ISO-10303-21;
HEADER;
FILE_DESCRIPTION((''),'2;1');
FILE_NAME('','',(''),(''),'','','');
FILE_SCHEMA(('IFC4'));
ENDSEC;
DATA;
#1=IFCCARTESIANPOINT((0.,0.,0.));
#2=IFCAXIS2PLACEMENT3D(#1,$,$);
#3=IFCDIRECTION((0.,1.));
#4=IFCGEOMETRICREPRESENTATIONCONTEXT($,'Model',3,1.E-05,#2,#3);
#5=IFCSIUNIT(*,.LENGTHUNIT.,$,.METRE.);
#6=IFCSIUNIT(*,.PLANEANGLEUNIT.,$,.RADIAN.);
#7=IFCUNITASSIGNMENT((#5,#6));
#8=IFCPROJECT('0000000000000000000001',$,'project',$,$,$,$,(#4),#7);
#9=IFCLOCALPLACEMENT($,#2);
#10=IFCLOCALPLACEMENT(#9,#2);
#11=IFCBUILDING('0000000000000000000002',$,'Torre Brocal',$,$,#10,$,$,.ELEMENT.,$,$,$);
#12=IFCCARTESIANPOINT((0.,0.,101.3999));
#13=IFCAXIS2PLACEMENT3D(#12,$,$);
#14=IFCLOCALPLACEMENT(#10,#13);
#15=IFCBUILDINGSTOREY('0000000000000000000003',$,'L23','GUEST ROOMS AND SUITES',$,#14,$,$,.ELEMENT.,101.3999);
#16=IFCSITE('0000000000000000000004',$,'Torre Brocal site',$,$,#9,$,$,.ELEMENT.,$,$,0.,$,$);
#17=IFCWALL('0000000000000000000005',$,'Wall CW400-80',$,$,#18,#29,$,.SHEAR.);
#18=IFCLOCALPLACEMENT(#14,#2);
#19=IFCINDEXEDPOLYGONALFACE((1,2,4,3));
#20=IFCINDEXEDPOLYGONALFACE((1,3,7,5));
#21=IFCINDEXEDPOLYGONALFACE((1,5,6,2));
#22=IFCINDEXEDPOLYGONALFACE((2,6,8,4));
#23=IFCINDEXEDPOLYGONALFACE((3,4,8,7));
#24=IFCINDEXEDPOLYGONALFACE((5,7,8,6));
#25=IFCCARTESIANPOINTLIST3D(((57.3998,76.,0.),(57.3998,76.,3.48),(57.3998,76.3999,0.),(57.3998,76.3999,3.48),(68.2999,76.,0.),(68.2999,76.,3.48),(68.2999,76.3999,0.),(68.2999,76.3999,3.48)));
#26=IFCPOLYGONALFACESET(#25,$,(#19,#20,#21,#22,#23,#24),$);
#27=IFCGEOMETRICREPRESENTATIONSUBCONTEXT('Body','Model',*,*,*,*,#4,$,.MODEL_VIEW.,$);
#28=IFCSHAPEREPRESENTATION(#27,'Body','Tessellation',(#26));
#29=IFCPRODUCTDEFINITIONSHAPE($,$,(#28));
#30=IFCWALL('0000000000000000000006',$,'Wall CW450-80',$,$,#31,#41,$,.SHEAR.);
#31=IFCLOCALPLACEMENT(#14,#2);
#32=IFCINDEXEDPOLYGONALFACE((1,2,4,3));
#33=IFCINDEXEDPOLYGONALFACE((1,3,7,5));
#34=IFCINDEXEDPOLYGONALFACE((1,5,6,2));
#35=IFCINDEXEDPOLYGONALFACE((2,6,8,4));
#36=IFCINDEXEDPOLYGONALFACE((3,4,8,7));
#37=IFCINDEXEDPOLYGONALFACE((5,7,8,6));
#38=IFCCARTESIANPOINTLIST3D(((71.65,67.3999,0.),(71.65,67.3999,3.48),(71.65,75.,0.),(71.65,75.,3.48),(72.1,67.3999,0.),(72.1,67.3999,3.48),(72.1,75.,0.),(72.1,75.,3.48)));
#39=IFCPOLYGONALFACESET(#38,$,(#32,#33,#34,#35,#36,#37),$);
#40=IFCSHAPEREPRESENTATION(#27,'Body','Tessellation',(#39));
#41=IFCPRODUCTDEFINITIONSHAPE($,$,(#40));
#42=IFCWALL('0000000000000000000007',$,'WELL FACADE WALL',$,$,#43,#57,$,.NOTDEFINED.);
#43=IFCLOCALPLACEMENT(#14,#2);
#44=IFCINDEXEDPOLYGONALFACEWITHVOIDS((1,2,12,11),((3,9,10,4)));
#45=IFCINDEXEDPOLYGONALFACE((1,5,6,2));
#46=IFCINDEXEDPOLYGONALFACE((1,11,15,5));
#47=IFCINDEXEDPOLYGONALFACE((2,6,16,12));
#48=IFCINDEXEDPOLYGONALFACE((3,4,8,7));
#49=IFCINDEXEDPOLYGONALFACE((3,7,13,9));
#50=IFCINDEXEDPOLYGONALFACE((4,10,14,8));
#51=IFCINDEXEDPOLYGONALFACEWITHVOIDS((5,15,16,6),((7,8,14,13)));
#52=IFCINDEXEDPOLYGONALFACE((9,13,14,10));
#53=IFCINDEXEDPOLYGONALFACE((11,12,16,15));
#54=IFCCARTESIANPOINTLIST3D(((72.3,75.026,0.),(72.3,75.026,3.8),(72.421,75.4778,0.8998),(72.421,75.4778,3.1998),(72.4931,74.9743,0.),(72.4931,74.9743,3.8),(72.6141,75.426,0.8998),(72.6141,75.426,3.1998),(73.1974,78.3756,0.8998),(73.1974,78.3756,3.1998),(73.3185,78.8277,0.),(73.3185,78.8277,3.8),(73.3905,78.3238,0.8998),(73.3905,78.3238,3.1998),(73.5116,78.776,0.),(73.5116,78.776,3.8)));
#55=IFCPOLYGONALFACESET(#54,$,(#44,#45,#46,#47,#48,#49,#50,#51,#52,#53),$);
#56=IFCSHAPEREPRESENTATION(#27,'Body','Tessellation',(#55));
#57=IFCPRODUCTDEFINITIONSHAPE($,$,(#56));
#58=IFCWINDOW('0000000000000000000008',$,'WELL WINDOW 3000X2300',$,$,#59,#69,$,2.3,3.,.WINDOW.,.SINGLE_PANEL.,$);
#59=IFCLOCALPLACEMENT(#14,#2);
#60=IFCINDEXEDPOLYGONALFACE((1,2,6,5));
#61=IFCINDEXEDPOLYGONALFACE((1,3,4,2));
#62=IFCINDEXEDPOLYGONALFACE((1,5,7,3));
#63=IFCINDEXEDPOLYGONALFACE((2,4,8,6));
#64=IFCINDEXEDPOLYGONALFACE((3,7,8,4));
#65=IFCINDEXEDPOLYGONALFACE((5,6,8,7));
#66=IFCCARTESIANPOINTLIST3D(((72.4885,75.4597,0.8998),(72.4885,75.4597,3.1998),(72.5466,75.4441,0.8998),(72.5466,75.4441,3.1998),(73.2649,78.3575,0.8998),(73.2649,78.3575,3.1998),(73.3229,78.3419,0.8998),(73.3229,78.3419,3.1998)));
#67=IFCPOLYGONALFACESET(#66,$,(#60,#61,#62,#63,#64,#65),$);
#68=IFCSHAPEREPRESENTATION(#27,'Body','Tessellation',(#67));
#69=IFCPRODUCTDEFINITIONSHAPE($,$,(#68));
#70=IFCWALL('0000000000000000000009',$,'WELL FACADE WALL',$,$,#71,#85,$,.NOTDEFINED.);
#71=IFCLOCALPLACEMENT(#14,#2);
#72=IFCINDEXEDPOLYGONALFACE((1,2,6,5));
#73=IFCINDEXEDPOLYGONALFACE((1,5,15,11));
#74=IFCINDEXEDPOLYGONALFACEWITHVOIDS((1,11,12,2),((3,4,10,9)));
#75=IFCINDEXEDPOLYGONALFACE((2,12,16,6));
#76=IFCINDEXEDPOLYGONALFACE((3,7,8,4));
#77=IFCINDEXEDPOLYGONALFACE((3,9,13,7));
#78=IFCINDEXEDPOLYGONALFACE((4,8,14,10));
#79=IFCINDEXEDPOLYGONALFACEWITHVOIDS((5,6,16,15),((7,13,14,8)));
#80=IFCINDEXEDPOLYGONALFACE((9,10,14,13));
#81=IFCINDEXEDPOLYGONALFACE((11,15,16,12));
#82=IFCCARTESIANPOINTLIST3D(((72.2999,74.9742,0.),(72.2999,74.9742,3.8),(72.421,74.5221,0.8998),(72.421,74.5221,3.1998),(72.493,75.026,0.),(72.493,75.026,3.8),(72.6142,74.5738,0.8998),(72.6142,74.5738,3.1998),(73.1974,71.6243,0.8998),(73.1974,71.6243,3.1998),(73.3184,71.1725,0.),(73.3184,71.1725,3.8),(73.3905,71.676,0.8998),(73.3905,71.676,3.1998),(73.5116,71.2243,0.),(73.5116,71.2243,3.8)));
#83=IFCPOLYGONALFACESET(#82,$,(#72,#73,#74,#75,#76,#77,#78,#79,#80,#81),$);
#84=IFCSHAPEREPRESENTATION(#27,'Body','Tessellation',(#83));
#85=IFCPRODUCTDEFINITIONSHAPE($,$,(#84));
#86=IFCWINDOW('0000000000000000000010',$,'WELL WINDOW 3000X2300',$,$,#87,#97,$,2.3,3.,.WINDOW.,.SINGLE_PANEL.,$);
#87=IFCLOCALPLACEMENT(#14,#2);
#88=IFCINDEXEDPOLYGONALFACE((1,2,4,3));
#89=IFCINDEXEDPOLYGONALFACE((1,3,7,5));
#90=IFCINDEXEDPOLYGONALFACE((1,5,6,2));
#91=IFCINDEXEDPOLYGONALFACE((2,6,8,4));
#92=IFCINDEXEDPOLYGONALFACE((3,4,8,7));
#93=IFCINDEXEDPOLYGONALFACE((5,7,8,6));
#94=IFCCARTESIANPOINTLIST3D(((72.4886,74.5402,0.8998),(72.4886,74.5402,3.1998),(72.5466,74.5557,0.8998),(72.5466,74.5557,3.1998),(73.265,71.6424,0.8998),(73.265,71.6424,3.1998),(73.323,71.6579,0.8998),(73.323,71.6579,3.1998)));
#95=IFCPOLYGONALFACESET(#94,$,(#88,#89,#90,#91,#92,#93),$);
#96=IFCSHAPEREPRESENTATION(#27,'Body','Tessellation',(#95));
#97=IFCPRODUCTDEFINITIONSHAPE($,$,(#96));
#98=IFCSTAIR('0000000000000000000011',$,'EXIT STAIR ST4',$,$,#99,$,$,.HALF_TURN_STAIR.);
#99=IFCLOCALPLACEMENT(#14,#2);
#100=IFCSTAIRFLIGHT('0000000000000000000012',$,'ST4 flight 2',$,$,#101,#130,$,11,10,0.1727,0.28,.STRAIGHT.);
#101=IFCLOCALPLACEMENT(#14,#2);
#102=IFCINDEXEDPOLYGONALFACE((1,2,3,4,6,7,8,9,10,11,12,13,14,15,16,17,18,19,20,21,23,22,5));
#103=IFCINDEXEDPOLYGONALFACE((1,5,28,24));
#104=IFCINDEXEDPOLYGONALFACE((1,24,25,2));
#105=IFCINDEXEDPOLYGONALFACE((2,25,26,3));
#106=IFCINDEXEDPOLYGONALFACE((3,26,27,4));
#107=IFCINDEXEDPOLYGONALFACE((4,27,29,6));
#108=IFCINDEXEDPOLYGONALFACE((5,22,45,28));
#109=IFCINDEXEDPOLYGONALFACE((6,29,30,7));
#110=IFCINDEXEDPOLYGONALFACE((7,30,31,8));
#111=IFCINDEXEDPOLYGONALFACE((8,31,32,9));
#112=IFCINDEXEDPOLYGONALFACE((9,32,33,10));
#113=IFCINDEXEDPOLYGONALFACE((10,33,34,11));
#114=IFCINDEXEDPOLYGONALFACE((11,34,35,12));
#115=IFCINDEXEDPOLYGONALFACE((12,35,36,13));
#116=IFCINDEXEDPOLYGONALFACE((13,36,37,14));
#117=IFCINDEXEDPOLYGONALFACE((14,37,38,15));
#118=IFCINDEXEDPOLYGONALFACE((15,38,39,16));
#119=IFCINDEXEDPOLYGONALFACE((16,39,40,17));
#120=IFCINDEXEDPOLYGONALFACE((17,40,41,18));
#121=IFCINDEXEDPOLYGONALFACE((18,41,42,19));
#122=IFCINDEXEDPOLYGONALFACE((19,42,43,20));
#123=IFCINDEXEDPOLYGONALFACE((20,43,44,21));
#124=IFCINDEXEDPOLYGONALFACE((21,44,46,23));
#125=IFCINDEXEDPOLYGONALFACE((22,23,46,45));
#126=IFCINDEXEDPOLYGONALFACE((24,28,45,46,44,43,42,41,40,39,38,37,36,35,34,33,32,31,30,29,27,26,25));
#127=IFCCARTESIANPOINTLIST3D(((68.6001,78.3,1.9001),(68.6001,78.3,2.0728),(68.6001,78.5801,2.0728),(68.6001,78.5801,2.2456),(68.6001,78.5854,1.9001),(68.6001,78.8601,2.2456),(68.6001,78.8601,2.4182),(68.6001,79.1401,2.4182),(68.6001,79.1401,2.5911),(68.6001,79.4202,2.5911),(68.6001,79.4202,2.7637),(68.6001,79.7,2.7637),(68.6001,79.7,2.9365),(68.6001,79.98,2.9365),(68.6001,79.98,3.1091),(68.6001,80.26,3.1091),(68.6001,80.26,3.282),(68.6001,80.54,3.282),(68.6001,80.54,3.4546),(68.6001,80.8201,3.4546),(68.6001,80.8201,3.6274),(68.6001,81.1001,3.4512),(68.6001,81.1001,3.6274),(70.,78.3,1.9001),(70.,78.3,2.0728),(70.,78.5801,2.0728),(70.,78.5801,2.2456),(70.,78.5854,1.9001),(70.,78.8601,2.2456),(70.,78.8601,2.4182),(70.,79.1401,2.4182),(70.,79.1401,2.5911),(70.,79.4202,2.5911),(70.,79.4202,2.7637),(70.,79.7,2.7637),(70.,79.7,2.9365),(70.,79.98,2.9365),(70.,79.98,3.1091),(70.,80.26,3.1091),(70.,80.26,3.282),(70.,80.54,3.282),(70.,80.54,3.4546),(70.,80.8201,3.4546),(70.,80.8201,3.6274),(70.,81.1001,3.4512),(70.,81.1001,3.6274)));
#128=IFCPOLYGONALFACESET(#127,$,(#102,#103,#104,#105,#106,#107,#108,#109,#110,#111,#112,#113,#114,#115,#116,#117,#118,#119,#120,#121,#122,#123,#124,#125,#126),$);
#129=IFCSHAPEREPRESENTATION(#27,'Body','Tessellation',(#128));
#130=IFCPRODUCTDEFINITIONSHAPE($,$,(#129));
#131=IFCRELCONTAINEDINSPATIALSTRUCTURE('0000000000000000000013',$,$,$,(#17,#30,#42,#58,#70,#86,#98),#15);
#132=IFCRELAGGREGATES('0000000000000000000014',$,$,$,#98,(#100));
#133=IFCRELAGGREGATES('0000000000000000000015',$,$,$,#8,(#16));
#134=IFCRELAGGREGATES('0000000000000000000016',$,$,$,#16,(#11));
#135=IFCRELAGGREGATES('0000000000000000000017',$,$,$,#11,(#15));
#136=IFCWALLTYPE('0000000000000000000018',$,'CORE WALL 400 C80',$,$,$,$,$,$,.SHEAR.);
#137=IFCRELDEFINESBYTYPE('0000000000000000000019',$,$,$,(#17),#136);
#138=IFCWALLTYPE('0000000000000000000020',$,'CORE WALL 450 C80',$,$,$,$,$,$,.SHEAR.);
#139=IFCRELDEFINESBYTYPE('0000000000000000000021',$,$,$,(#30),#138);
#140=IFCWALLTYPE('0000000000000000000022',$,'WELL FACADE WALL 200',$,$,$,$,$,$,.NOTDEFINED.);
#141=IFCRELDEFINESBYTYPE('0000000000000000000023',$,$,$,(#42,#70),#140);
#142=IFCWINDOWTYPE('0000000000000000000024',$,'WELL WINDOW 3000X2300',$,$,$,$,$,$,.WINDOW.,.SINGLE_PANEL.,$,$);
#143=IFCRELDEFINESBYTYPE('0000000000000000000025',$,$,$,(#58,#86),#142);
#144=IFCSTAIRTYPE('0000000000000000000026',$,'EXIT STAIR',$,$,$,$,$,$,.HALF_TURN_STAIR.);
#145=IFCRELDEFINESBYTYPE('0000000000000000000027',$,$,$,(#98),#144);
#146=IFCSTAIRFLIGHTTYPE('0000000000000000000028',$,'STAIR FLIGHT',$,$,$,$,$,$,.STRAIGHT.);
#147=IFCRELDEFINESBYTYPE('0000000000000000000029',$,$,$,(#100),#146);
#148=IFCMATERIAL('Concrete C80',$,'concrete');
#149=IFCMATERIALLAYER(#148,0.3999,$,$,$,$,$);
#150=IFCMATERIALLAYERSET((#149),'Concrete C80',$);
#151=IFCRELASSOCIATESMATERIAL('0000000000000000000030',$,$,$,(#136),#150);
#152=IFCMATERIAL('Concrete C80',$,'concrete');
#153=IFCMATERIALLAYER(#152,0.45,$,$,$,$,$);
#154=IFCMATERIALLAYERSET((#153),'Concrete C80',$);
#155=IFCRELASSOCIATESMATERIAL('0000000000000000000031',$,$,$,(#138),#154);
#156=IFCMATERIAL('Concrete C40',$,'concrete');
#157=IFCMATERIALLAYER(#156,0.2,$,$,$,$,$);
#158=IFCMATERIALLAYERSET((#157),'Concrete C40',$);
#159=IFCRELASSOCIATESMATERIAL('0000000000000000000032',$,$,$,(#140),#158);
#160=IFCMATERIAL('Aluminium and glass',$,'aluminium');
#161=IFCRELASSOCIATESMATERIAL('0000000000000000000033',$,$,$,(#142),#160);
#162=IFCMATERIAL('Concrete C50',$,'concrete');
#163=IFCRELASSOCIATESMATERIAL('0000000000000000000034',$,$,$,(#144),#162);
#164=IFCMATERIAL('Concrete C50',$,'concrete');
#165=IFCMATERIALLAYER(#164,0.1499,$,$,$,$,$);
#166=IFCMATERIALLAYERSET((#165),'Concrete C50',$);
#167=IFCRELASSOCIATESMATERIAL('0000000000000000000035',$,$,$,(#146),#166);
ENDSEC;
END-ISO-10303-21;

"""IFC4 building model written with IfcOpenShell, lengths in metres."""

from ifc_helpers import new_model, si_unit, direction, frame, frame_2d, origin, place, context, subcontext, project, spatial, polyline, rectangle, outline, extrude, material, layer, layer_set, type_object, element, fill, aggregate, save


model = new_model("IFC4")

# Units and contexts
model_context = context("Model", 3, precision=1e-05, world=origin(), true_north=direction((0.0, 1.0)))
body_context = subcontext(model_context, "Body", "Model", "MODEL_VIEW")
ifc_project = project(units=[si_unit("LENGTHUNIT", "METRE"), si_unit("PLANEANGLEUNIT", "RADIAN")], contexts=[model_context])

# Site, building, storey
site_placement = place(None, origin())
site = spatial("IfcSite", under=ifc_project, at=site_placement, Name="Torre Brocal site", CompositionType="ELEMENT", RefElevation=0.0)
building_placement = place(site_placement, origin())
building = spatial("IfcBuilding", under=site, at=building_placement, Name="Torre Brocal", CompositionType="ELEMENT")
storey_placement = place(building_placement, frame((0.0, 0.0, 101.3999)))
storey = spatial("IfcBuildingStorey", under=building, at=storey_placement, Name="L23", Description="GUEST ROOMS AND SUITES", CompositionType="ELEMENT", Elevation=101.3999)

# Walls
ifc_material_1 = material(Name="Concrete C80", Category="concrete")
ifc_layer_1 = layer(ifc_material_1, 0.3999)
ifc_layer_set_1 = layer_set([ifc_layer_1], Name="Concrete C80")
wall_type_1 = type_object("IfcWallType", Name="CORE WALL 400 C80", PredefinedType="SHEAR", material=ifc_layer_set_1)
wall_1_placement = place(storey_placement, frame((68.3, 76.2, 0.0), z_axis=(0.0, 0.0, 1.0), x_axis=(-1.0, 0.0, 0.0)))
element("IfcWall", 1, at=wall_1_placement, inside=storey, type_object=wall_type_1, Name="Wall CW400-80", PredefinedType="SHEAR", context=body_context, shape_type="SweptSolid", body=[
    extrude(rectangle(XDim=10.9001, YDim=0.3999, at=frame_2d((5.4502, 0.0))), origin(), (0.0, 0.0, 1.0), 3.48),
])
ifc_material_2 = material(Name="Concrete C80", Category="concrete")
ifc_layer_2 = layer(ifc_material_2, 0.45)
ifc_layer_set_2 = layer_set([ifc_layer_2], Name="Concrete C80")
wall_type_2 = type_object("IfcWallType", Name="CORE WALL 450 C80", PredefinedType="SHEAR", material=ifc_layer_set_2)
wall_2_placement = place(storey_placement, frame((71.875, 75.0, 0.0), z_axis=(0.0, 0.0, 1.0), x_axis=(0.0, -1.0, 0.0)))
element("IfcWall", 2, at=wall_2_placement, inside=storey, type_object=wall_type_2, Name="Wall CW450-80", PredefinedType="SHEAR", context=body_context, shape_type="SweptSolid", body=[
    extrude(rectangle(XDim=7.6001, YDim=0.45, at=frame_2d((3.8, 0.0))), origin(), (0.0, 0.0, 1.0), 3.48),
])

# Walls, openings, windows
ifc_material_3 = material(Name="Concrete C40", Category="concrete")
ifc_layer_3 = layer(ifc_material_3, 0.2)
ifc_layer_set_3 = layer_set([ifc_layer_3], Name="Concrete C40")
wall_type_3 = type_object("IfcWallType", Name="WELL FACADE WALL 200", PredefinedType="NOTDEFINED", material=ifc_layer_set_3)
wall_3_placement = place(storey_placement, frame((73.415, 78.8018, 0.0), z_axis=(0.0, 0.0, 1.0), x_axis=(-0.25879, -0.965934, 0.0)))
wall_3 = element("IfcWall", 3, at=wall_3_placement, inside=storey, type_object=wall_type_3, Name="WELL FACADE WALL", PredefinedType="NOTDEFINED", context=body_context, shape_type="SweptSolid", body=[
    extrude(rectangle(XDim=3.9358, YDim=0.2, at=frame_2d((1.9678, 0.0))), origin(), (0.0, 0.0, 1.0), 3.8),
])
opening_1_placement = place(wall_3_placement, frame((0.468, 0.0, 0.8999)))
opening_1 = element("IfcOpeningElement", 4, at=opening_1_placement, cuts=wall_3, PredefinedType="OPENING", context=body_context, shape_type="SweptSolid", body=[
    extrude(rectangle(XDim=3.0, YDim=2.3, at=frame_2d((1.5, 1.1499))), frame((0.0, 0.1099, 0.0), z_axis=(0.0, -1.0, 0.0), x_axis=(1.0, 0.0, 0.0)), (0.0, 0.0, 1.0), 0.22),
])
ifc_material_4 = material(Name="Aluminium and glass", Category="aluminium")
window_type = type_object("IfcWindowType", Name="WELL WINDOW 3000X2300", PartitioningType="SINGLE_PANEL", PredefinedType="WINDOW", material=ifc_material_4)
window_1_placement = place(opening_1_placement, origin())
window_1 = element("IfcWindow", 5, at=window_1_placement, inside=storey, type_object=window_type, Name="WELL WINDOW 3000X2300", OverallHeight=2.3, OverallWidth=3.0, PartitioningType="SINGLE_PANEL", PredefinedType="WINDOW", context=body_context, shape_type="SweptSolid", body=[
    extrude(rectangle(XDim=3.0, YDim=2.3, at=frame_2d((1.5, 1.1499))), frame((0.0, 0.03, 0.0), z_axis=(0.0, -1.0, 0.0), x_axis=(1.0, 0.0, 0.0)), (0.0, 0.0, 1.0), 0.0601),
])
fill(opening_1, window_1)
wall_4_placement = place(storey_placement, frame((72.3965, 75.0, 0.0), z_axis=(0.0, 0.0, 1.0), x_axis=(0.25879, -0.965934, 0.0)))
wall_4 = element("IfcWall", 6, at=wall_4_placement, inside=storey, type_object=wall_type_3, Name="WELL FACADE WALL", PredefinedType="NOTDEFINED", context=body_context, shape_type="SweptSolid", body=[
    extrude(rectangle(XDim=3.9358, YDim=0.2, at=frame_2d((1.9678, 0.0))), origin(), (0.0, 0.0, 1.0), 3.8),
])
opening_2_placement = place(wall_4_placement, frame((0.468, 0.0, 0.8999)))
opening_2 = element("IfcOpeningElement", 7, at=opening_2_placement, cuts=wall_4, PredefinedType="OPENING", context=body_context, shape_type="SweptSolid", body=[
    extrude(rectangle(XDim=3.0, YDim=2.3, at=frame_2d((1.5, 1.1499))), frame((0.0, 0.1099, 0.0), z_axis=(0.0, -1.0, 0.0), x_axis=(1.0, 0.0, 0.0)), (0.0, 0.0, 1.0), 0.22),
])
window_2_placement = place(opening_2_placement, origin())
window_2 = element("IfcWindow", 8, at=window_2_placement, inside=storey, type_object=window_type, Name="WELL WINDOW 3000X2300", OverallHeight=2.3, OverallWidth=3.0, PartitioningType="SINGLE_PANEL", PredefinedType="WINDOW", context=body_context, shape_type="SweptSolid", body=[
    extrude(rectangle(XDim=3.0, YDim=2.3, at=frame_2d((1.5, 1.1499))), frame((0.0, 0.03, 0.0), z_axis=(0.0, -1.0, 0.0), x_axis=(1.0, 0.0, 0.0)), (0.0, 0.0, 1.0), 0.0601),
])
fill(opening_2, window_2)

# Stair, stair flight
ifc_material_5 = material(Name="Concrete C50", Category="concrete")
stair_type = type_object("IfcStairType", Name="EXIT STAIR", PredefinedType="HALF_TURN_STAIR", material=ifc_material_5)
stair_placement = place(storey_placement, origin())
stair = element("IfcStair", 9, at=stair_placement, inside=storey, type_object=stair_type, Name="EXIT STAIR ST4", PredefinedType="HALF_TURN_STAIR")
ifc_material_6 = material(Name="Concrete C50", Category="concrete")
ifc_layer_4 = layer(ifc_material_6, 0.1499)
ifc_layer_set_4 = layer_set([ifc_layer_4], Name="Concrete C50")
stair_flight_type = type_object("IfcStairFlightType", Name="STAIR FLIGHT", PredefinedType="STRAIGHT", material=ifc_layer_set_4)
stair_flight_placement = place(storey_placement, frame((69.3, 78.3, 1.9001), z_axis=(0.0, 0.0, 1.0), x_axis=(0.0, 1.0, 0.0)))
stair_flight = element("IfcStairFlight", 10, at=stair_flight_placement, type_object=stair_flight_type, Name="ST4 flight 2", NumberOfRisers=11, NumberOfTreads=10, PredefinedType="STRAIGHT", RiserHeight=0.1727, TreadLength=0.28, context=body_context, shape_type="SweptSolid", body=[
    extrude(outline(polyline([(0.0, 0.0), (0.0, 0.1726), (0.28, 0.1726), (0.28, 0.3455), (0.5601, 0.3455), (0.5601, 0.5181), (0.8401, 0.5181), (0.8401, 0.6909), (1.1201, 0.6909), (1.1201, 0.8635), (1.3999, 0.8635), (1.3999, 1.0364), (1.6799, 1.0364), (1.6799, 1.209), (1.96, 1.209), (1.96, 1.3818), (2.24, 1.3818), (2.24, 1.5544), (2.52, 1.5544), (2.52, 1.7273), (2.8, 1.7273), (2.8, 1.8999), (2.8, 1.551), (0.2854, 0.0), (0.0, 0.0)])), frame((0.0, 0.7, 0.0), z_axis=(0.0, -1.0, 0.0), x_axis=(1.0, 0.0, 0.0)), (0.0, 0.0, 1.0), 1.3999),
])
aggregate(stair, [stair_flight])

save(model, "model.ifc")
